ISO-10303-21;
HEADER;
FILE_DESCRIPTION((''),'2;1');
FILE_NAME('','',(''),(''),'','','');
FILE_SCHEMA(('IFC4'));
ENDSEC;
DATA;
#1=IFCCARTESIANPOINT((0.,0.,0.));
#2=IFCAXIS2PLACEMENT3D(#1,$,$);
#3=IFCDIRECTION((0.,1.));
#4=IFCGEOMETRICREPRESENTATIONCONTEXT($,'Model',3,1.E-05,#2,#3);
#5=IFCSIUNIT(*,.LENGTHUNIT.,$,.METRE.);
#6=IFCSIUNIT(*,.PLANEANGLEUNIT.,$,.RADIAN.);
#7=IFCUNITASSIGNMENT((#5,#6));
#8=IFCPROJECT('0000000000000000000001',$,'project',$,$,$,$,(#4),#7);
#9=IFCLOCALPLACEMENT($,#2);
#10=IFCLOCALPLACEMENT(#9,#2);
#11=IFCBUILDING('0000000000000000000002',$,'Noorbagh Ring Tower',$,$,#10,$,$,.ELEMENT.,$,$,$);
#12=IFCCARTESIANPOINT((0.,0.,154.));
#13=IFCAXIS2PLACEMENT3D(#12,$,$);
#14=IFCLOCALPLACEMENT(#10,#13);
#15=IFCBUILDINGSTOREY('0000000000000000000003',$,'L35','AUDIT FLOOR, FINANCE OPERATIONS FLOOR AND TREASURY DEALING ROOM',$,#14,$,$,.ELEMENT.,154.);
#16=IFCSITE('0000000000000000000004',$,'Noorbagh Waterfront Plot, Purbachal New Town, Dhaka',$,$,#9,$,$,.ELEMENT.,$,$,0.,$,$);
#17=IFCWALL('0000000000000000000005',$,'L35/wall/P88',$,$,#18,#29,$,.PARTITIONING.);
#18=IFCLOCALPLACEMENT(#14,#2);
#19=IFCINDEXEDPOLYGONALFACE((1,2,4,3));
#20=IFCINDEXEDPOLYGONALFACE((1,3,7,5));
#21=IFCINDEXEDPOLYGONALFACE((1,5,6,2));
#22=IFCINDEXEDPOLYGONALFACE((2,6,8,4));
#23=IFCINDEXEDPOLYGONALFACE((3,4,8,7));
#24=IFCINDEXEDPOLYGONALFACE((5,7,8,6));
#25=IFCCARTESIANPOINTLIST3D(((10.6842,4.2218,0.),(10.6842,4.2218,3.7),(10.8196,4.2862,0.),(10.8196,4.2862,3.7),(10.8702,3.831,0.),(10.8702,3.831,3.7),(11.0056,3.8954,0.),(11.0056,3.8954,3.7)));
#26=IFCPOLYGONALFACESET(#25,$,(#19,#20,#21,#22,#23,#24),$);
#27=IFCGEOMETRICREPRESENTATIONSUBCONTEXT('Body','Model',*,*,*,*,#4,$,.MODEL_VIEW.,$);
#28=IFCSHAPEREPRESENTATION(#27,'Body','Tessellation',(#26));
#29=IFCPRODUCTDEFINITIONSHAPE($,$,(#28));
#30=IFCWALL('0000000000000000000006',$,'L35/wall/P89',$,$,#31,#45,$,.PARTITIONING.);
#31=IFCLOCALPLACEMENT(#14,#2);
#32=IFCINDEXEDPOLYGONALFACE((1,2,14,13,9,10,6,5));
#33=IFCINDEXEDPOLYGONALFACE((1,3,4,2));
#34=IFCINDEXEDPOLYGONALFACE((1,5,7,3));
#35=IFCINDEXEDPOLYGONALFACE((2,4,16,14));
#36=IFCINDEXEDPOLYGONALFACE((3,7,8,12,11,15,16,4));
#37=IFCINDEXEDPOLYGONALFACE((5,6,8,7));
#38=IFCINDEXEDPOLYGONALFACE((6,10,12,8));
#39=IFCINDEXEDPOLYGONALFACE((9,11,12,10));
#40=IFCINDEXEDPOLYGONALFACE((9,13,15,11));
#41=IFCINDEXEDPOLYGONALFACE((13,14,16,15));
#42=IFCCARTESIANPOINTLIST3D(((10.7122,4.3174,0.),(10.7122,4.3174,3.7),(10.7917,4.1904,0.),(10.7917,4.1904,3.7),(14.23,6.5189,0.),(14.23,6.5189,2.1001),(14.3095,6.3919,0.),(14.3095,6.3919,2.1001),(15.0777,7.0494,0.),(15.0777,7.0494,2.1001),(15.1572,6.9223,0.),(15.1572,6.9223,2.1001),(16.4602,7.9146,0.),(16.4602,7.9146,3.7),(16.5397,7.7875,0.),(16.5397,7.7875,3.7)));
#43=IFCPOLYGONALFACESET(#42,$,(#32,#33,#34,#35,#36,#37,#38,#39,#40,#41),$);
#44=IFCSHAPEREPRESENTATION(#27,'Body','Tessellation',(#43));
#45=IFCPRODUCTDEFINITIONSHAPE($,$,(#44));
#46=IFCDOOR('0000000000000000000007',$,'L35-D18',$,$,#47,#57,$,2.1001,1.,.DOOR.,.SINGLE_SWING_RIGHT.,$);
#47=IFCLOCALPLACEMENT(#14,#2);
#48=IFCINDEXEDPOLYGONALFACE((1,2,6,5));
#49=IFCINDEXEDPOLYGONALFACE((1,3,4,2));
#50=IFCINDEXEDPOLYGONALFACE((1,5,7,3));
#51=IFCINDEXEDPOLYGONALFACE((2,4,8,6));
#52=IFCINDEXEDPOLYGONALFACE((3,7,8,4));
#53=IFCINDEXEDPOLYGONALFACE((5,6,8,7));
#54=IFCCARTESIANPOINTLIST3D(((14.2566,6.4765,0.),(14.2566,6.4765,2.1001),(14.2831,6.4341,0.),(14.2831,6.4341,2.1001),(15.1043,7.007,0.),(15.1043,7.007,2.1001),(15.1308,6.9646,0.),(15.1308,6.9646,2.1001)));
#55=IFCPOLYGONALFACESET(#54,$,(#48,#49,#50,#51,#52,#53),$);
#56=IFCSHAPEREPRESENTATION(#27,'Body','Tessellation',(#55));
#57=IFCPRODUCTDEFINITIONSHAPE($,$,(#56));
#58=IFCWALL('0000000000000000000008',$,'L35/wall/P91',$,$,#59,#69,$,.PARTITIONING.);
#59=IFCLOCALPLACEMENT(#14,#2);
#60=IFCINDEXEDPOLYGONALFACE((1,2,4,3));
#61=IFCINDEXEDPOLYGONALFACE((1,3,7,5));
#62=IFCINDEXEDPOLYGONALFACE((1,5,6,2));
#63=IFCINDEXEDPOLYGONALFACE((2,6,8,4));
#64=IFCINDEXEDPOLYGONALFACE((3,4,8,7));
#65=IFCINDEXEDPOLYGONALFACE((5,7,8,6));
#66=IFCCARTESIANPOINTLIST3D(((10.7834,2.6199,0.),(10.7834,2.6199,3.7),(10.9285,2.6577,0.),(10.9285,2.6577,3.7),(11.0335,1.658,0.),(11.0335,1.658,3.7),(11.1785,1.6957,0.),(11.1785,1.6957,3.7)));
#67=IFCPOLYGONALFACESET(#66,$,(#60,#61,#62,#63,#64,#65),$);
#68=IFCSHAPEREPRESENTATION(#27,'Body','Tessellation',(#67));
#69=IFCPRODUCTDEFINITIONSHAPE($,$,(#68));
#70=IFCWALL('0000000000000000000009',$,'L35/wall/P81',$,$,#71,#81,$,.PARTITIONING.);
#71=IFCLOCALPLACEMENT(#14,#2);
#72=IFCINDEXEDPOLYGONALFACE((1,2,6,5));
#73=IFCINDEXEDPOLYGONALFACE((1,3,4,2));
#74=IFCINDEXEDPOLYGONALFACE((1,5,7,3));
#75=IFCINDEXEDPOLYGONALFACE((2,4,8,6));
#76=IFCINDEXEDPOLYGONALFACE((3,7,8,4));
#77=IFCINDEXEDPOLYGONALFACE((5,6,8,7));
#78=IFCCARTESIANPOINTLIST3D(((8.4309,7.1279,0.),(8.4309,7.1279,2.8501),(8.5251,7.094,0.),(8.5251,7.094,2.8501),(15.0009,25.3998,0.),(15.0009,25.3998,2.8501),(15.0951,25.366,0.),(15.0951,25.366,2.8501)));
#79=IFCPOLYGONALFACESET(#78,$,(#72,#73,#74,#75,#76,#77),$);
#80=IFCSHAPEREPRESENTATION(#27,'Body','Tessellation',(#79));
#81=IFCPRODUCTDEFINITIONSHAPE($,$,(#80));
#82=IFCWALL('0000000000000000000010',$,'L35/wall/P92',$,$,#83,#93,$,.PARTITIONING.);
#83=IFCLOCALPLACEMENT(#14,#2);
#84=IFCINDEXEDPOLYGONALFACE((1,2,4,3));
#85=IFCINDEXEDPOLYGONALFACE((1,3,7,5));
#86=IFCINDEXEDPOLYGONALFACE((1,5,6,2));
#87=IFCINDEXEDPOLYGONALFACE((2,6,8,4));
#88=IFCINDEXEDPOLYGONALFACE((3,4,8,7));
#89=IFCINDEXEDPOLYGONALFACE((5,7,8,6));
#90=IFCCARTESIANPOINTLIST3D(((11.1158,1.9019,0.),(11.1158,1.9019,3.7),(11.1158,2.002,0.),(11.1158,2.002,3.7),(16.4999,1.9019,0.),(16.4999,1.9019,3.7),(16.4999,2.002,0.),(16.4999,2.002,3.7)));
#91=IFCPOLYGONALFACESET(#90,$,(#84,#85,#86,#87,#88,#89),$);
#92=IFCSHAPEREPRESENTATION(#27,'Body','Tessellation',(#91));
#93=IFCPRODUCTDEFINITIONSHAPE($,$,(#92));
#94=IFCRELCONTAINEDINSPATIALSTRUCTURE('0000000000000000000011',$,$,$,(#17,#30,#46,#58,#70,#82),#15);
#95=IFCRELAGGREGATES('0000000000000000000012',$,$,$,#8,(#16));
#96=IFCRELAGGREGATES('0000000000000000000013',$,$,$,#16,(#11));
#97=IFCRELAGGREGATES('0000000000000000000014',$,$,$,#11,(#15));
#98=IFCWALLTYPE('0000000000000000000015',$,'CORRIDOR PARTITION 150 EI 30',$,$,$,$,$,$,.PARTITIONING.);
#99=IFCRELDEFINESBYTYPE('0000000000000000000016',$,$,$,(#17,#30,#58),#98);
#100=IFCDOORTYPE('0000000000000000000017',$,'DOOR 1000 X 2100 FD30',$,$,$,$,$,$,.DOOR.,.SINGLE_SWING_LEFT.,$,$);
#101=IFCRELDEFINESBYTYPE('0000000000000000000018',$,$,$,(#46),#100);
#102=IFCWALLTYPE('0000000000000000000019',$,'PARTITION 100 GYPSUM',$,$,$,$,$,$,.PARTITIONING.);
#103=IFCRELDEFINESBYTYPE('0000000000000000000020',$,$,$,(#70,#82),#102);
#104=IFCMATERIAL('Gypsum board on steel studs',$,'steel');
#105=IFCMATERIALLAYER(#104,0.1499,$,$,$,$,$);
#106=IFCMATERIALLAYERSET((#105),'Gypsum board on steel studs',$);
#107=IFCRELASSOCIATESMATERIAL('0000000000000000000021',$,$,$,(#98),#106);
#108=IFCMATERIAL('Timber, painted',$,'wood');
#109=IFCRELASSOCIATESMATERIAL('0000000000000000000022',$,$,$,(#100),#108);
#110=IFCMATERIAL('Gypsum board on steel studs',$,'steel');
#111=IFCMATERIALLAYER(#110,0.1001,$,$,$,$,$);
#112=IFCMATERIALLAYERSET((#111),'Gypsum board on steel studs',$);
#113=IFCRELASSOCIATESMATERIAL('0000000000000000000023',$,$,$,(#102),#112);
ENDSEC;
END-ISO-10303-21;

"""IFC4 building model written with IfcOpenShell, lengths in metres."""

from ifc_helpers import new_model, si_unit, direction, frame, frame_2d, origin, place, context, subcontext, project, spatial, rectangle, extrude, material, layer, layer_set, type_object, element, fill, save


model = new_model("IFC4")

# Units and contexts
model_context = context("Model", 3, precision=1e-05, world=origin(), true_north=direction((0.0, 1.0)))
body_context = subcontext(model_context, "Body", "Model", "MODEL_VIEW")
ifc_project = project(units=[si_unit("LENGTHUNIT", "METRE"), si_unit("PLANEANGLEUNIT", "RADIAN")], contexts=[model_context])

# Site, building, storey
site_placement = place(None, origin())
site = spatial("IfcSite", under=ifc_project, at=site_placement, Name="Noorbagh Waterfront Plot, Purbachal New Town, Dhaka", CompositionType="ELEMENT", RefElevation=0.0)
building_placement = place(site_placement, origin())
building = spatial("IfcBuilding", under=site, at=building_placement, Name="Noorbagh Ring Tower", CompositionType="ELEMENT")
storey_placement = place(building_placement, frame((0.0, 0.0, 154.0)))
storey = spatial("IfcBuildingStorey", under=building, at=storey_placement, Name="L35", Description="AUDIT FLOOR, FINANCE OPERATIONS FLOOR AND TREASURY DEALING ROOM", CompositionType="ELEMENT", Elevation=154.0)

# Wall
ifc_material_1 = material(Name="Gypsum board on steel studs", Category="steel")
ifc_layer_1 = layer(ifc_material_1, 0.1499)
ifc_layer_set_1 = layer_set([ifc_layer_1], Name="Gypsum board on steel studs")
wall_type_1 = type_object("IfcWallType", Name="CORRIDOR PARTITION 150 EI 30", PredefinedType="PARTITIONING", material=ifc_layer_set_1)
wall_1_placement = place(storey_placement, frame((10.752, 4.2539, 0.0), z_axis=(0.0, 0.0, 1.0), x_axis=(0.429758, -0.902944, 0.0)))
element("IfcWall", 1, at=wall_1_placement, inside=storey, type_object=wall_type_1, Name="L35/wall/P88", PredefinedType="PARTITIONING", context=body_context, shape_type="SweptSolid", body=[
    extrude(rectangle(XDim=0.4329, YDim=0.1499, at=frame_2d((0.2163, 0.0))), origin(), (0.0, 0.0, 1.0), 3.7),
])

# Wall, opening, door
wall_2_placement = place(storey_placement, frame((10.752, 4.2539, 0.0), z_axis=(0.0, 0.0, 1.0), x_axis=(0.847691, 0.530491, 0.0)))
wall_2 = element("IfcWall", 2, at=wall_2_placement, inside=storey, type_object=wall_type_1, Name="L35/wall/P89", PredefinedType="PARTITIONING", context=body_context, shape_type="SweptSolid", body=[
    extrude(rectangle(XDim=6.7808, YDim=0.1499, at=frame_2d((3.3904, 0.0))), origin(), (0.0, 0.0, 1.0), 3.7),
])
opening_placement = place(wall_2_placement, frame((4.1499, 0.0, 0.0)))
opening = element("IfcOpeningElement", 3, at=opening_placement, cuts=wall_2, PredefinedType="OPENING", context=body_context, shape_type="SweptSolid", body=[
    extrude(rectangle(XDim=1.0, YDim=2.1001, at=frame_2d((0.5, 1.05))), frame((0.0, 0.085, 0.0), z_axis=(0.0, -1.0, 0.0), x_axis=(1.0, 0.0, 0.0)), (0.0, 0.0, 1.0), 0.1699),
])
ifc_material_2 = material(Name="Timber, painted", Category="wood")
door_type = type_object("IfcDoorType", Name="DOOR 1000 X 2100 FD30", OperationType="SINGLE_SWING_LEFT", PredefinedType="DOOR", material=ifc_material_2)
door_placement = place(opening_placement, origin())
door = element("IfcDoor", 4, at=door_placement, inside=storey, type_object=door_type, Name="L35-D18", OperationType="SINGLE_SWING_RIGHT", OverallHeight=2.1001, OverallWidth=1.0, PredefinedType="DOOR", context=body_context, shape_type="SweptSolid", body=[
    extrude(rectangle(XDim=1.0, YDim=2.1001, at=frame_2d((0.5, 1.05))), frame((0.0, 0.0249, 0.0), z_axis=(0.0, -1.0, 0.0), x_axis=(1.0, 0.0, 0.0)), (0.0, 0.0, 1.0), 0.05),
])
fill(opening, door)

# Walls
wall_3_placement = place(storey_placement, frame((10.856, 2.6389, 0.0), z_axis=(0.0, 0.0, 1.0), x_axis=(0.251542, -0.967846, 0.0)))
element("IfcWall", 5, at=wall_3_placement, inside=storey, type_object=wall_type_1, Name="L35/wall/P91", PredefinedType="PARTITIONING", context=body_context, shape_type="SweptSolid", body=[
    extrude(rectangle(XDim=0.9939, YDim=0.1499, at=frame_2d((0.4971, 0.0))), origin(), (0.0, 0.0, 1.0), 3.7),
])
ifc_material_3 = material(Name="Gypsum board on steel studs", Category="steel")
ifc_layer_2 = layer(ifc_material_3, 0.1001)
ifc_layer_set_2 = layer_set([ifc_layer_2], Name="Gypsum board on steel studs")
wall_type_2 = type_object("IfcWallType", Name="PARTITION 100 GYPSUM", PredefinedType="PARTITIONING", material=ifc_layer_set_2)
wall_4_placement = place(storey_placement, frame((8.478, 7.1111, 0.0), z_axis=(0.0, 0.0, 1.0), x_axis=(0.338362, 0.941016, 0.0)))
element("IfcWall", 6, at=wall_4_placement, inside=storey, type_object=wall_type_2, Name="L35/wall/P81", PredefinedType="PARTITIONING", context=body_context, shape_type="SweptSolid", body=[
    extrude(rectangle(XDim=19.4172, YDim=0.1001, at=frame_2d((9.7085, 0.0))), origin(), (0.0, 0.0, 1.0), 2.8501),
])
wall_5_placement = place(storey_placement, frame((11.116, 1.9519, 0.0), z_axis=(0.0, 0.0, 1.0), x_axis=(1.0, 0.0, 0.0)))
element("IfcWall", 7, at=wall_5_placement, inside=storey, type_object=wall_type_2, Name="L35/wall/P92", PredefinedType="PARTITIONING", context=body_context, shape_type="SweptSolid", body=[
    extrude(rectangle(XDim=5.384, YDim=0.1001, at=frame_2d((2.6919, 0.0))), origin(), (0.0, 0.0, 1.0), 3.7),
])

save(model, "model.ifc")
